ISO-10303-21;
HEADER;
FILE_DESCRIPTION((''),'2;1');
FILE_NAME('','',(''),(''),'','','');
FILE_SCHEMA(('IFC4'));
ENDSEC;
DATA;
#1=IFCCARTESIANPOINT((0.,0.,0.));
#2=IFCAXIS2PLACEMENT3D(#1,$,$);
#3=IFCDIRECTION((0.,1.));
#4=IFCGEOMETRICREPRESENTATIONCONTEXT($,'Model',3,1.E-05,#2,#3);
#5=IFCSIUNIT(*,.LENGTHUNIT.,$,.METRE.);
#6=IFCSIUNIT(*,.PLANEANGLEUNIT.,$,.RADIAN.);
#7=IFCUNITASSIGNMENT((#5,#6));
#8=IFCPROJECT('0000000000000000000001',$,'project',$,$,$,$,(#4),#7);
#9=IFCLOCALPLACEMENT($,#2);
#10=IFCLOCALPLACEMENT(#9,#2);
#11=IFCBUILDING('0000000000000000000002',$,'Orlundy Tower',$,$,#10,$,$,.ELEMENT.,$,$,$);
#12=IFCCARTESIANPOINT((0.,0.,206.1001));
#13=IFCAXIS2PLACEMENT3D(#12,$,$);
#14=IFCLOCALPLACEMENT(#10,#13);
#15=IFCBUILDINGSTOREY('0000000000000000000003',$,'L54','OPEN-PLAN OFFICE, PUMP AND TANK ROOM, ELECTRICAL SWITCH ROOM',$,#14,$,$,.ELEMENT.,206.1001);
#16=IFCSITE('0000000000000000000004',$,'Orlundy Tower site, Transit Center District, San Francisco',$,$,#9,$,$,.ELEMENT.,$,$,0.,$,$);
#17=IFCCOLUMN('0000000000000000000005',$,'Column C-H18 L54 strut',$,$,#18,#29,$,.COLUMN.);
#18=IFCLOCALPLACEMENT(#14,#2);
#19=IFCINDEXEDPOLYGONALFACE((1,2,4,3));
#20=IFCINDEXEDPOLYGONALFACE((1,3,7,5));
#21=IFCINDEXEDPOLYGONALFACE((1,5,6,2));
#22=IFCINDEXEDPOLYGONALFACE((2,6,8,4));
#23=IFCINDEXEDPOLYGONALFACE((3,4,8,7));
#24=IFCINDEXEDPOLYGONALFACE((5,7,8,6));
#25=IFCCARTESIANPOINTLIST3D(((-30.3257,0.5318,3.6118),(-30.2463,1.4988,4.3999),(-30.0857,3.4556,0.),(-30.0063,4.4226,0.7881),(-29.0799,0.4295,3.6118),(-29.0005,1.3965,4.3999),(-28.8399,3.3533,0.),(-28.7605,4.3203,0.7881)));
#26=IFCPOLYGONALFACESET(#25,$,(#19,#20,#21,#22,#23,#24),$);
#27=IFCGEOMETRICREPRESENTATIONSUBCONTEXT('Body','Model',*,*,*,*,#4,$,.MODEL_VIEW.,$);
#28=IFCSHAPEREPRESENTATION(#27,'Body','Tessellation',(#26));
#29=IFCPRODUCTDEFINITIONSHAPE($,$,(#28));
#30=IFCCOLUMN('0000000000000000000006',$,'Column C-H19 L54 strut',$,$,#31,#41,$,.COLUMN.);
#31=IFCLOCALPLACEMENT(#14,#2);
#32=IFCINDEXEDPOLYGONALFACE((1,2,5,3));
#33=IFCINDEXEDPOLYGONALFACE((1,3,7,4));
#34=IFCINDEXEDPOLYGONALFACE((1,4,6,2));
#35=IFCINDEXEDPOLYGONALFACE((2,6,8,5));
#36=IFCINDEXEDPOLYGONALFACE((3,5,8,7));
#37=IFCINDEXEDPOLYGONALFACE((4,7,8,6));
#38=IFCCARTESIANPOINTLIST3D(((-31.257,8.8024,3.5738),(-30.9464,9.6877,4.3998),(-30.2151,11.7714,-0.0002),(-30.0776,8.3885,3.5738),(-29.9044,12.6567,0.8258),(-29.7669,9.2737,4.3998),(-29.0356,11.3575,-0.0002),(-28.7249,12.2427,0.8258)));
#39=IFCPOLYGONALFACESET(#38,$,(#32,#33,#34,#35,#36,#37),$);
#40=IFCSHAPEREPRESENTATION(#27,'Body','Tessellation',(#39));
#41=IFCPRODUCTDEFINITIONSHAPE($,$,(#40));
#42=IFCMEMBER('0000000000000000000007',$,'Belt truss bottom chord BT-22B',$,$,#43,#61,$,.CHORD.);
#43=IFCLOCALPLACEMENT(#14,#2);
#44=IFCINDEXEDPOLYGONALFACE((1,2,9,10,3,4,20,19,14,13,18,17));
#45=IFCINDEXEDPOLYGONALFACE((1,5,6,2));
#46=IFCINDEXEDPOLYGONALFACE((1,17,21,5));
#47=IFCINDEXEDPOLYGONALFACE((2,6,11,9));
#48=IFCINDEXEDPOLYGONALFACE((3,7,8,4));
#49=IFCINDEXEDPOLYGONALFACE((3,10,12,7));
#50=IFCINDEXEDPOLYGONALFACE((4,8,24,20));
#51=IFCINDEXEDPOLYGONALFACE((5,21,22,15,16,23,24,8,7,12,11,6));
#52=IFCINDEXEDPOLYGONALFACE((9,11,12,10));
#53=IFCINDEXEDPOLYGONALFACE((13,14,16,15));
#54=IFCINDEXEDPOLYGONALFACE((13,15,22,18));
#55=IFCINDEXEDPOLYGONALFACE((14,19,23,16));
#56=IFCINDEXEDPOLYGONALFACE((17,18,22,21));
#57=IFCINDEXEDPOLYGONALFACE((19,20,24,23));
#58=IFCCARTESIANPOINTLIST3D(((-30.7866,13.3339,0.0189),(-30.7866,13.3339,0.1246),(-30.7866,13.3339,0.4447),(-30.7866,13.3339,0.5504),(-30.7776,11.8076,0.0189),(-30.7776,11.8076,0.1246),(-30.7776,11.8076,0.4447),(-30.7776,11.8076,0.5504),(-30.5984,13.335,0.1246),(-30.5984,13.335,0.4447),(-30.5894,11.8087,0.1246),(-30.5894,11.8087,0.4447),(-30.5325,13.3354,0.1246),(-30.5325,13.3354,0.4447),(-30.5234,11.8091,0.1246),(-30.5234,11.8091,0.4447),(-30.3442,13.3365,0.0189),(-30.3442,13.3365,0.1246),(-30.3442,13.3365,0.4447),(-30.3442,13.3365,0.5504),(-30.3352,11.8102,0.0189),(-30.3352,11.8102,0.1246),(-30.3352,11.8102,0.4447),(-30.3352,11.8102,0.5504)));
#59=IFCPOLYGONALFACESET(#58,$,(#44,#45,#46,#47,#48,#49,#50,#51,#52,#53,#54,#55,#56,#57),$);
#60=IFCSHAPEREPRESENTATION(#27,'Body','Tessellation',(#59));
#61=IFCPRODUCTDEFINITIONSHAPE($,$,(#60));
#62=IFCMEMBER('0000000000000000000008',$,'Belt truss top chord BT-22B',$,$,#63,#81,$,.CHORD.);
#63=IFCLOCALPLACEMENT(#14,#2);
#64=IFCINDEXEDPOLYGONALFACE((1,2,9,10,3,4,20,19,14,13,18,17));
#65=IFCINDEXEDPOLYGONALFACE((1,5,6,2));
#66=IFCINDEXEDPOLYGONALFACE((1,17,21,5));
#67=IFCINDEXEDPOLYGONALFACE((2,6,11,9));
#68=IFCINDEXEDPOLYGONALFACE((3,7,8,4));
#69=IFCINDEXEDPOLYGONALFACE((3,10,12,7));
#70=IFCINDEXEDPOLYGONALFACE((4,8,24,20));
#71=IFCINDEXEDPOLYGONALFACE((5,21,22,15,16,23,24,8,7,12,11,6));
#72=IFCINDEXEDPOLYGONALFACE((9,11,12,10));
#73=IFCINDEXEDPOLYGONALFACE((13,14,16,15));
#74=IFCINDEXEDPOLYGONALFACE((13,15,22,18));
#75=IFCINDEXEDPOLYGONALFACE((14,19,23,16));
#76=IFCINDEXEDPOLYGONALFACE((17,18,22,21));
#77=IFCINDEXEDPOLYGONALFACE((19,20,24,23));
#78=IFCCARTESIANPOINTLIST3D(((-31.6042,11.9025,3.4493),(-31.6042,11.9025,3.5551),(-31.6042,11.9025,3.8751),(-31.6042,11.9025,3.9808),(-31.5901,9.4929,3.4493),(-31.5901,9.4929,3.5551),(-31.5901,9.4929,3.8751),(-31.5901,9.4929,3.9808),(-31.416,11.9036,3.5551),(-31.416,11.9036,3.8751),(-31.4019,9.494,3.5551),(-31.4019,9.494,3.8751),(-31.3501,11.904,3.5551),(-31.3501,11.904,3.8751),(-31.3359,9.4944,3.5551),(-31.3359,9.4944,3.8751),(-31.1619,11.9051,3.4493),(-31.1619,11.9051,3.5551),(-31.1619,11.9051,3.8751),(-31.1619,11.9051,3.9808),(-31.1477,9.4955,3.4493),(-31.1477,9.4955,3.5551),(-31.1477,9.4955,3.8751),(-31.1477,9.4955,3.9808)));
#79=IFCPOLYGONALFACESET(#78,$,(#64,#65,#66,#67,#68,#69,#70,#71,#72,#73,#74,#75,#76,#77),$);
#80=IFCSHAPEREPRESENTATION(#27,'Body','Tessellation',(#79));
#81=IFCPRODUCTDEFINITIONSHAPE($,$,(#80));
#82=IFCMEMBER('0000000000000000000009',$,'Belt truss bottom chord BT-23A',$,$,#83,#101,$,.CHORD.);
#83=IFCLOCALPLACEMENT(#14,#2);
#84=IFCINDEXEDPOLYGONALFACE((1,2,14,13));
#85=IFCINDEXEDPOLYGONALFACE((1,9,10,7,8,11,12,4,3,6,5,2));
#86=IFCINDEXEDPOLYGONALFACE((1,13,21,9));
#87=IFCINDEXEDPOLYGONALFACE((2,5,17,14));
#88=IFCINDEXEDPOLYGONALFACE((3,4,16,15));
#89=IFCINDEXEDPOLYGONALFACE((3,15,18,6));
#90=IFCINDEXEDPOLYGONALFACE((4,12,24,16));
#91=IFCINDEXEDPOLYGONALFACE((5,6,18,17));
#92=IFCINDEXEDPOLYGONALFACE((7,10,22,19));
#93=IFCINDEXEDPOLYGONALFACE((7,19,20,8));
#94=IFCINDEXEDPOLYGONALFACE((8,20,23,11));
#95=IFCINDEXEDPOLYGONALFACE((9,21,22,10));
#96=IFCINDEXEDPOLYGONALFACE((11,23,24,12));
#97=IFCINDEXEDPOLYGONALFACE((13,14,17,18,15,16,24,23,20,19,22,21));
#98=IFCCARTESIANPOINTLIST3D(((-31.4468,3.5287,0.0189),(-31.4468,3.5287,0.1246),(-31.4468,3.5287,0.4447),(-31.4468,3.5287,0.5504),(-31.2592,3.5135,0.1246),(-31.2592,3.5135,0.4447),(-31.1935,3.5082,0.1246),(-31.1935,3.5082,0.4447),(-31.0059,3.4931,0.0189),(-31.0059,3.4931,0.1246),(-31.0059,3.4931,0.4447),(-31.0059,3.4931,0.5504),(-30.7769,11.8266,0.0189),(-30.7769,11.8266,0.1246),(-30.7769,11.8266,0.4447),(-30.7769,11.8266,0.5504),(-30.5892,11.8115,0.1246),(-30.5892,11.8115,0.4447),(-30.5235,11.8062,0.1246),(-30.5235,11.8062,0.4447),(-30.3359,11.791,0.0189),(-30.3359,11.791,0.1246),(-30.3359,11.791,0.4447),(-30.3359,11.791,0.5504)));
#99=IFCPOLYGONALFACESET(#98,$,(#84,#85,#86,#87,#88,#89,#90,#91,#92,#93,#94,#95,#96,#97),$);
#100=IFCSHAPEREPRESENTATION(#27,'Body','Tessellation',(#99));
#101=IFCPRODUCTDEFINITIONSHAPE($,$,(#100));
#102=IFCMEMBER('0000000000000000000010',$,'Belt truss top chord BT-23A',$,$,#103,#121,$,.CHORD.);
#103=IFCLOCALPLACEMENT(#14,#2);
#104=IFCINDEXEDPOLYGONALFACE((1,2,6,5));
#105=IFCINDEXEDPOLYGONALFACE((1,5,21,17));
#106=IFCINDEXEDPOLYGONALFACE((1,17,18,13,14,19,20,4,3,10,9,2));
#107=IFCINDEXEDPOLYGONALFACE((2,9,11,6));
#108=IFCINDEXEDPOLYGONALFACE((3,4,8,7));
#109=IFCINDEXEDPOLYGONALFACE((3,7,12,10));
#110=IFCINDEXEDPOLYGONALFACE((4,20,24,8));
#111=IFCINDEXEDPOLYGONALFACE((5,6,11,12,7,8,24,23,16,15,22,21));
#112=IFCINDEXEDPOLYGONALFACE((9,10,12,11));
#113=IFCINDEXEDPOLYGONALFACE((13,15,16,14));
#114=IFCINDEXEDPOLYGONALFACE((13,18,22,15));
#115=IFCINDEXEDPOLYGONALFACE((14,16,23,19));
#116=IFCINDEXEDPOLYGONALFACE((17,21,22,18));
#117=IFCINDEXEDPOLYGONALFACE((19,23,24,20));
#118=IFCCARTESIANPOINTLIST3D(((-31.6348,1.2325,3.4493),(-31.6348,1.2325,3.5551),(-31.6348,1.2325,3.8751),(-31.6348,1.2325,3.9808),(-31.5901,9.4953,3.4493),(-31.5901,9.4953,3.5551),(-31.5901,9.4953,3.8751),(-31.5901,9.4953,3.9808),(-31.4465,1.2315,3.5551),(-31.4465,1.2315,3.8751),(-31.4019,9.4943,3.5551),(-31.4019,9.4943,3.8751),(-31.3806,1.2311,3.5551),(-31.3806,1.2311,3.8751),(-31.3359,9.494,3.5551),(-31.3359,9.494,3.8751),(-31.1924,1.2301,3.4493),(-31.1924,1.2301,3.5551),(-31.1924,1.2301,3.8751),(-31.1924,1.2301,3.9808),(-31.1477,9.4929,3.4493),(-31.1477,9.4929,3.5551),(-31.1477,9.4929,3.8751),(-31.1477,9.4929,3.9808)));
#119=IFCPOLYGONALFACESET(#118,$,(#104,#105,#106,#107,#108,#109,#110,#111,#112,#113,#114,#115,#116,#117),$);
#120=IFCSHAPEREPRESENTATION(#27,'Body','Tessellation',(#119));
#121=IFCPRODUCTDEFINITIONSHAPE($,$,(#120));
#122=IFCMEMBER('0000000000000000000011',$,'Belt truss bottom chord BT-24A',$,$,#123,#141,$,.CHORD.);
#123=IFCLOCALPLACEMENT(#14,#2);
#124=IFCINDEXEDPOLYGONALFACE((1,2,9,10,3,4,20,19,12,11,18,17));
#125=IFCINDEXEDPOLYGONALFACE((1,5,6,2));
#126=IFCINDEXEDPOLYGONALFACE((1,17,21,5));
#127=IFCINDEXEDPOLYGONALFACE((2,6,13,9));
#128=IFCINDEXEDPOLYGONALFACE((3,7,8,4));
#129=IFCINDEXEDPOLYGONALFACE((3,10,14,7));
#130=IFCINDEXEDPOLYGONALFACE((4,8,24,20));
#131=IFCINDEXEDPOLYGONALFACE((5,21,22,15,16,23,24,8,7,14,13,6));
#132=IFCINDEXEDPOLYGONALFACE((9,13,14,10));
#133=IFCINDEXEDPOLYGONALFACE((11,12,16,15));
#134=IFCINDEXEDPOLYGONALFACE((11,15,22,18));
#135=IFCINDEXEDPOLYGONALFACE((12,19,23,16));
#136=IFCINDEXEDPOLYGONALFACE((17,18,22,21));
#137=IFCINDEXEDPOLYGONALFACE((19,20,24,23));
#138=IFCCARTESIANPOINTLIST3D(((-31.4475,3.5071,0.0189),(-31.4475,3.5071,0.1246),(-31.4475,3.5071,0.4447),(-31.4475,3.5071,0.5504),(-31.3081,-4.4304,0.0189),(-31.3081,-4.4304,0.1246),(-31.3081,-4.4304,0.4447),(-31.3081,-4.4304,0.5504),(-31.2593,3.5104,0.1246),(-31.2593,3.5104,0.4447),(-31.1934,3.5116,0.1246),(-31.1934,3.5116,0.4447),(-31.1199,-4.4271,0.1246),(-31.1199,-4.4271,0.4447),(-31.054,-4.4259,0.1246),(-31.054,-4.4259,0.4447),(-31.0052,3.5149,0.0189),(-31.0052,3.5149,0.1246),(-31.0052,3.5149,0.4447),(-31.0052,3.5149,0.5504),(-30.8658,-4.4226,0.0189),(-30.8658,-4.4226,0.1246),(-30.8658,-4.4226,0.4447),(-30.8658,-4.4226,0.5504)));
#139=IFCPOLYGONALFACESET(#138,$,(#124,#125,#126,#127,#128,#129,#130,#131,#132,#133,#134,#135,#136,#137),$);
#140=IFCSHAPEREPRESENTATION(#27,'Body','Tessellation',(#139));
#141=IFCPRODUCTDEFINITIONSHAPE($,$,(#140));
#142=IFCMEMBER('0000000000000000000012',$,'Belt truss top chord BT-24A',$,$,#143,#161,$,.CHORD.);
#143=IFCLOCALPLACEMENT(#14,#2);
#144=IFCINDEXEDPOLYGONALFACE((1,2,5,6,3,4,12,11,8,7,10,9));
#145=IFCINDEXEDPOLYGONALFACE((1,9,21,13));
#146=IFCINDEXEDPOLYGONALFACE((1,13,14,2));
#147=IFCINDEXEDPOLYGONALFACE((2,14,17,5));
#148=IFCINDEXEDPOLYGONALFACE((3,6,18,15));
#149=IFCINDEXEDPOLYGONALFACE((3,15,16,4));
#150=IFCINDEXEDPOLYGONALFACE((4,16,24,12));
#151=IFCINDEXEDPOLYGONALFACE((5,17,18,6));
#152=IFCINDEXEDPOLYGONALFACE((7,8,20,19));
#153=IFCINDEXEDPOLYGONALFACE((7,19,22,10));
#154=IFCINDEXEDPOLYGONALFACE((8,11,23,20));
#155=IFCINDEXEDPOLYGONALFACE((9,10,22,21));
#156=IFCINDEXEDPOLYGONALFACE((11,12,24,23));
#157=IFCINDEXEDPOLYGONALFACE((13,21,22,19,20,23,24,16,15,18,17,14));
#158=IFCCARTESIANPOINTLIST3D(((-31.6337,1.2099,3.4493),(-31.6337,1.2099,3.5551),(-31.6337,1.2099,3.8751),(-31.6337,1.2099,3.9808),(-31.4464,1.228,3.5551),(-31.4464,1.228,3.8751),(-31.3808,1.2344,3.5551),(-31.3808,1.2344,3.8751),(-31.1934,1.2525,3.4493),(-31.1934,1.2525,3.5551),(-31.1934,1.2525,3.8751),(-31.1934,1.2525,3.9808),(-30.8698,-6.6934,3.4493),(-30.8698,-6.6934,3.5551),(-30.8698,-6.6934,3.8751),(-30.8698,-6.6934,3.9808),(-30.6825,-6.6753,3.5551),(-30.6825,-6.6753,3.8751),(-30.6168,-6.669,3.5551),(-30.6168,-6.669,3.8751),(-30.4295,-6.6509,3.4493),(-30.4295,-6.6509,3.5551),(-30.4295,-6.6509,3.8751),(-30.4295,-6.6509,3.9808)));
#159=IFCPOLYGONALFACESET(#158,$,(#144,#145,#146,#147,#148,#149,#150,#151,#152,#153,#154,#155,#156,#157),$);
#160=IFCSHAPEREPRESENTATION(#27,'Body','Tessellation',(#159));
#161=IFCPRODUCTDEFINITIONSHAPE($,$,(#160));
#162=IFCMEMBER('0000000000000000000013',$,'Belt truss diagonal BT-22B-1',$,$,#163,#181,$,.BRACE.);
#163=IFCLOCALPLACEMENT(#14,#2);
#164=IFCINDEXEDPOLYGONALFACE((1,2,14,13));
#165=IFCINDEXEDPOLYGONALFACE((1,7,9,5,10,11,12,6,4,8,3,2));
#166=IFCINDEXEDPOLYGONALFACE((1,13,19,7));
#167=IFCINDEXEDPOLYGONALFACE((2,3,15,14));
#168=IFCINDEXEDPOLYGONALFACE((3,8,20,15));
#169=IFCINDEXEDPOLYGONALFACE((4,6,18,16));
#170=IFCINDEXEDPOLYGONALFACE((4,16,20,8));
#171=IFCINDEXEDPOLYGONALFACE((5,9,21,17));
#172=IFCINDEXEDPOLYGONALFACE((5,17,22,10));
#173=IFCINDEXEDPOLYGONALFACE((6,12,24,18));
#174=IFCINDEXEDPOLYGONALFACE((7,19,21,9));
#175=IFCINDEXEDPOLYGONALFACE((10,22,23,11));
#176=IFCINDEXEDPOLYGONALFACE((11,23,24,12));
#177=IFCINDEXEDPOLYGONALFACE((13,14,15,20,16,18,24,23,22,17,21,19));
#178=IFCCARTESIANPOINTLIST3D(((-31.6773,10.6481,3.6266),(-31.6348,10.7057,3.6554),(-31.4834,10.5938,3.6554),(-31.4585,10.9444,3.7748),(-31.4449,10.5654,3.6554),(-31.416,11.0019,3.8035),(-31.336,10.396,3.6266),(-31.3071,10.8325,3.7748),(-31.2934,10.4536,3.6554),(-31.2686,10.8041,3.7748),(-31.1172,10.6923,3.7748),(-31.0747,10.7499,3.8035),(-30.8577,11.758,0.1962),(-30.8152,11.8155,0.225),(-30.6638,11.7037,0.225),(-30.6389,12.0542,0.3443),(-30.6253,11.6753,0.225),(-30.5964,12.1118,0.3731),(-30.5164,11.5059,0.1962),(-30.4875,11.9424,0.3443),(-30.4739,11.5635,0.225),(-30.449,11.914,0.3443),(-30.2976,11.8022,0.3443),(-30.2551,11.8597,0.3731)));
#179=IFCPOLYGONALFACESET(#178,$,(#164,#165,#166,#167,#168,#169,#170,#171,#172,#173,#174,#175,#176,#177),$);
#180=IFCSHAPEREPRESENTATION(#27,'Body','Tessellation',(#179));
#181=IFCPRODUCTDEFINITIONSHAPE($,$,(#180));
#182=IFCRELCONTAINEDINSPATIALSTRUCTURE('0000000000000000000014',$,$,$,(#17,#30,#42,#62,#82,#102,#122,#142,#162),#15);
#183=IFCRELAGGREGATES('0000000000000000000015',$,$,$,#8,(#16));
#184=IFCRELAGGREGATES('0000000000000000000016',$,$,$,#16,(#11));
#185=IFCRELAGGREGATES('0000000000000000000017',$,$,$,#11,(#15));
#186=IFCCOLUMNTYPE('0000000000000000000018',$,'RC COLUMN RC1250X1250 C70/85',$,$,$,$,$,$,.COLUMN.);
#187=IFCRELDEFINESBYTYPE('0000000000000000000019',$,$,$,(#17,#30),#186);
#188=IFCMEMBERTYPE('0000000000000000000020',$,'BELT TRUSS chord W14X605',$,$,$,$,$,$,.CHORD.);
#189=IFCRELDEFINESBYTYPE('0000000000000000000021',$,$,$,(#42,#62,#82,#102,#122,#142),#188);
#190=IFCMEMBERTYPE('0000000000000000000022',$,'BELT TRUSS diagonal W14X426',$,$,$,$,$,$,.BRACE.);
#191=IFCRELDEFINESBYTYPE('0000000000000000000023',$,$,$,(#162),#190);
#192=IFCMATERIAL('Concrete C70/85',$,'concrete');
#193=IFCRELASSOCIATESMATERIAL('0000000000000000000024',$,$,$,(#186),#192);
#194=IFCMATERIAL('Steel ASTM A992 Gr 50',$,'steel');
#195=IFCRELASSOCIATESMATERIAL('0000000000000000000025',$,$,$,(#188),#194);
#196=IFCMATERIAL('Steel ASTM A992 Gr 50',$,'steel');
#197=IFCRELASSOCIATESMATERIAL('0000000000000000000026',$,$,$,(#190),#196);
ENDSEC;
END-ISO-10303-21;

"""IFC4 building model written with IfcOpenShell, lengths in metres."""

from ifc_helpers import new_model, si_unit, direction, frame, origin, origin_2d, place, context, subcontext, project, spatial, rectangle, i_section, extrude, material, material_profile, profile_set, type_object, element, save


model = new_model("IFC4")

# Units and contexts
model_context = context("Model", 3, precision=1e-05, world=origin(), true_north=direction((0.0, 1.0)))
body_context = subcontext(model_context, "Body", "Model", "MODEL_VIEW")
ifc_project = project(units=[si_unit("LENGTHUNIT", "METRE"), si_unit("PLANEANGLEUNIT", "RADIAN")], contexts=[model_context])

# Site, building, storey
site_placement = place(None, origin())
site = spatial("IfcSite", under=ifc_project, at=site_placement, Name="Orlundy Tower site, Transit Center District, San Francisco", CompositionType="ELEMENT", RefElevation=0.0)
building_placement = place(site_placement, origin())
building = spatial("IfcBuilding", under=site, at=building_placement, Name="Orlundy Tower", CompositionType="ELEMENT")
storey_placement = place(building_placement, frame((0.0, 0.0, 206.1001)))
storey = spatial("IfcBuildingStorey", under=building, at=storey_placement, Name="L54", Description="OPEN-PLAN OFFICE, PUMP AND TANK ROOM, ELECTRICAL SWITCH ROOM", CompositionType="ELEMENT", Elevation=206.1001)

# Columns
ifc_material_1 = material(Name="Concrete C70/85", Category="concrete")
ifc_material_profile_1 = material_profile(ifc_material_1, rectangle(XDim=1.25, YDim=1.25, at=origin_2d()), Name="RC1250X1250")
ifc_profile_set_1 = profile_set([ifc_material_profile_1], Name="Concrete C70/85")
column_type = type_object("IfcColumnType", Name="RC COLUMN RC1250X1250 C70/85", PredefinedType="COLUMN", material=ifc_profile_set_1)
column_1_placement = place(storey_placement, frame((-29.4231, 3.8879, 0.394), z_axis=(-0.051576, -0.628358, 0.776213), x_axis=(0.996648, -0.081806, 0.0)))
element("IfcColumn", 1, at=column_1_placement, inside=storey, type_object=column_type, Name="Column C-H18 L54 strut", PredefinedType="COLUMN", context=body_context, shape_type="SweptSolid", body=[
    extrude(rectangle(XDim=1.25, YDim=1.25, at=origin_2d()), origin(), (0.0, 0.0, 1.0), 4.6531),
])
column_2_placement = place(storey_placement, frame((-29.47, 12.0071, 0.4128), z_axis=(-0.218827, -0.623513, 0.750564), x_axis=(0.943576, -0.331156, 0.0)))
element("IfcColumn", 2, at=column_2_placement, inside=storey, type_object=column_type, Name="Column C-H19 L54 strut", PredefinedType="COLUMN", context=body_context, shape_type="SweptSolid", body=[
    extrude(rectangle(XDim=1.25, YDim=1.25, at=origin_2d()), origin(), (0.0, 0.0, 1.0), 4.7617),
])

# Members
ifc_material_2 = material(Name="Steel ASTM A992 Gr 50", Category="steel")
ifc_material_profile_2 = material_profile(ifc_material_2, i_section(OverallWidth=0.4424, OverallDepth=0.5315, WebThickness=0.0659, FlangeThickness=0.1057, at=origin_2d()), Name="W14X605")
ifc_profile_set_2 = profile_set([ifc_material_profile_2], Name="Steel ASTM A992 Gr 50")
member_type_1 = type_object("IfcMemberType", Name="BELT TRUSS chord W14X605", PredefinedType="CHORD", material=ifc_profile_set_2)
member_1_placement = place(storey_placement, frame((-30.5654, 13.3352, 0.2847), z_axis=(0.005918, -0.999982, 0.0), x_axis=(0.999982, 0.005918, 0.0)))
element("IfcMember", 3, at=member_1_placement, inside=storey, type_object=member_type_1, Name="Belt truss bottom chord BT-22B", PredefinedType="CHORD", context=body_context, shape_type="SweptSolid", body=[
    extrude(i_section(OverallWidth=0.4424, OverallDepth=0.5315, WebThickness=0.0659, FlangeThickness=0.1057, at=origin_2d()), origin(), (0.0, 0.0, 1.0), 1.5264),
])
member_2_placement = place(storey_placement, frame((-31.3831, 11.9038, 3.7151), z_axis=(0.005876, -0.999983, 0.0), x_axis=(0.999983, 0.005876, 0.0)))
element("IfcMember", 4, at=member_2_placement, inside=storey, type_object=member_type_1, Name="Belt truss top chord BT-22B", PredefinedType="CHORD", context=body_context, shape_type="SweptSolid", body=[
    extrude(i_section(OverallWidth=0.4424, OverallDepth=0.5315, WebThickness=0.0659, FlangeThickness=0.1057, at=origin_2d()), origin(), (0.0, 0.0, 1.0), 2.4097),
])
member_3_placement = place(storey_placement, frame((-30.5564, 11.8088, 0.2847), z_axis=(-0.080473, -0.996757, 0.0), x_axis=(0.996757, -0.080473, 0.0)))
element("IfcMember", 5, at=member_3_placement, inside=storey, type_object=member_type_1, Name="Belt truss bottom chord BT-23A", PredefinedType="CHORD", context=body_context, shape_type="SweptSolid", body=[
    extrude(i_section(OverallWidth=0.4424, OverallDepth=0.5315, WebThickness=0.0659, FlangeThickness=0.1057, at=origin_2d()), origin(), (0.0, 0.0, 1.0), 8.325),
])
member_4_placement = place(storey_placement, frame((-31.3689, 9.4941, 3.7151), z_axis=(-0.005407, -0.999985, 0.0), x_axis=(0.999985, -0.005407, 0.0)))
element("IfcMember", 6, at=member_4_placement, inside=storey, type_object=member_type_1, Name="Belt truss top chord BT-23A", PredefinedType="CHORD", context=body_context, shape_type="SweptSolid", body=[
    extrude(i_section(OverallWidth=0.4424, OverallDepth=0.5315, WebThickness=0.0659, FlangeThickness=0.1057, at=origin_2d()), origin(), (0.0, 0.0, 1.0), 8.2629),
])
member_5_placement = place(storey_placement, frame((-31.2263, 3.511, 0.2847), z_axis=(0.01756, -0.999846, 0.0), x_axis=(0.999846, 0.01756, 0.0)))
element("IfcMember", 7, at=member_5_placement, inside=storey, type_object=member_type_1, Name="Belt truss bottom chord BT-24A", PredefinedType="CHORD", context=body_context, shape_type="SweptSolid", body=[
    extrude(i_section(OverallWidth=0.4424, OverallDepth=0.5315, WebThickness=0.0659, FlangeThickness=0.1057, at=origin_2d()), origin(), (0.0, 0.0, 1.0), 7.9387),
])
member_6_placement = place(storey_placement, frame((-31.4136, 1.2312, 3.7151), z_axis=(0.096209, -0.995361, 0.0), x_axis=(0.995361, 0.096209, 0.0)))
element("IfcMember", 8, at=member_6_placement, inside=storey, type_object=member_type_1, Name="Belt truss top chord BT-24A", PredefinedType="CHORD", context=body_context, shape_type="SweptSolid", body=[
    extrude(i_section(OverallWidth=0.4424, OverallDepth=0.5315, WebThickness=0.0659, FlangeThickness=0.1057, at=origin_2d()), origin(), (0.0, 0.0, 1.0), 7.9402),
])
ifc_material_3 = material(Name="Steel ASTM A992 Gr 50", Category="steel")
ifc_material_profile_3 = material_profile(ifc_material_3, i_section(OverallWidth=0.4243, OverallDepth=0.4741, WebThickness=0.0479, FlangeThickness=0.0771, at=origin_2d()), Name="W14X426")
ifc_profile_set_3 = profile_set([ifc_material_profile_3], Name="Steel ASTM A992 Gr 50")
member_type_2 = type_object("IfcMemberType", Name="BELT TRUSS diagonal W14X426", PredefinedType="BRACE", material=ifc_profile_set_3)
member_7_placement = place(storey_placement, frame((-31.376, 10.699, 3.7151), z_axis=(0.22166, 0.300168, -0.927775), x_axis=(-0.804437, 0.594038, 0.0)))
element("IfcMember", 9, at=member_7_placement, inside=storey, type_object=member_type_2, Name="Belt truss diagonal BT-22B-1", PredefinedType="BRACE", context=body_context, shape_type="SweptSolid", body=[
    extrude(i_section(OverallWidth=0.4243, OverallDepth=0.4741, WebThickness=0.0479, FlangeThickness=0.0771, at=origin_2d()), origin(), (0.0, 0.0, 1.0), 3.6975),
])

save(model, "model.ifc")
